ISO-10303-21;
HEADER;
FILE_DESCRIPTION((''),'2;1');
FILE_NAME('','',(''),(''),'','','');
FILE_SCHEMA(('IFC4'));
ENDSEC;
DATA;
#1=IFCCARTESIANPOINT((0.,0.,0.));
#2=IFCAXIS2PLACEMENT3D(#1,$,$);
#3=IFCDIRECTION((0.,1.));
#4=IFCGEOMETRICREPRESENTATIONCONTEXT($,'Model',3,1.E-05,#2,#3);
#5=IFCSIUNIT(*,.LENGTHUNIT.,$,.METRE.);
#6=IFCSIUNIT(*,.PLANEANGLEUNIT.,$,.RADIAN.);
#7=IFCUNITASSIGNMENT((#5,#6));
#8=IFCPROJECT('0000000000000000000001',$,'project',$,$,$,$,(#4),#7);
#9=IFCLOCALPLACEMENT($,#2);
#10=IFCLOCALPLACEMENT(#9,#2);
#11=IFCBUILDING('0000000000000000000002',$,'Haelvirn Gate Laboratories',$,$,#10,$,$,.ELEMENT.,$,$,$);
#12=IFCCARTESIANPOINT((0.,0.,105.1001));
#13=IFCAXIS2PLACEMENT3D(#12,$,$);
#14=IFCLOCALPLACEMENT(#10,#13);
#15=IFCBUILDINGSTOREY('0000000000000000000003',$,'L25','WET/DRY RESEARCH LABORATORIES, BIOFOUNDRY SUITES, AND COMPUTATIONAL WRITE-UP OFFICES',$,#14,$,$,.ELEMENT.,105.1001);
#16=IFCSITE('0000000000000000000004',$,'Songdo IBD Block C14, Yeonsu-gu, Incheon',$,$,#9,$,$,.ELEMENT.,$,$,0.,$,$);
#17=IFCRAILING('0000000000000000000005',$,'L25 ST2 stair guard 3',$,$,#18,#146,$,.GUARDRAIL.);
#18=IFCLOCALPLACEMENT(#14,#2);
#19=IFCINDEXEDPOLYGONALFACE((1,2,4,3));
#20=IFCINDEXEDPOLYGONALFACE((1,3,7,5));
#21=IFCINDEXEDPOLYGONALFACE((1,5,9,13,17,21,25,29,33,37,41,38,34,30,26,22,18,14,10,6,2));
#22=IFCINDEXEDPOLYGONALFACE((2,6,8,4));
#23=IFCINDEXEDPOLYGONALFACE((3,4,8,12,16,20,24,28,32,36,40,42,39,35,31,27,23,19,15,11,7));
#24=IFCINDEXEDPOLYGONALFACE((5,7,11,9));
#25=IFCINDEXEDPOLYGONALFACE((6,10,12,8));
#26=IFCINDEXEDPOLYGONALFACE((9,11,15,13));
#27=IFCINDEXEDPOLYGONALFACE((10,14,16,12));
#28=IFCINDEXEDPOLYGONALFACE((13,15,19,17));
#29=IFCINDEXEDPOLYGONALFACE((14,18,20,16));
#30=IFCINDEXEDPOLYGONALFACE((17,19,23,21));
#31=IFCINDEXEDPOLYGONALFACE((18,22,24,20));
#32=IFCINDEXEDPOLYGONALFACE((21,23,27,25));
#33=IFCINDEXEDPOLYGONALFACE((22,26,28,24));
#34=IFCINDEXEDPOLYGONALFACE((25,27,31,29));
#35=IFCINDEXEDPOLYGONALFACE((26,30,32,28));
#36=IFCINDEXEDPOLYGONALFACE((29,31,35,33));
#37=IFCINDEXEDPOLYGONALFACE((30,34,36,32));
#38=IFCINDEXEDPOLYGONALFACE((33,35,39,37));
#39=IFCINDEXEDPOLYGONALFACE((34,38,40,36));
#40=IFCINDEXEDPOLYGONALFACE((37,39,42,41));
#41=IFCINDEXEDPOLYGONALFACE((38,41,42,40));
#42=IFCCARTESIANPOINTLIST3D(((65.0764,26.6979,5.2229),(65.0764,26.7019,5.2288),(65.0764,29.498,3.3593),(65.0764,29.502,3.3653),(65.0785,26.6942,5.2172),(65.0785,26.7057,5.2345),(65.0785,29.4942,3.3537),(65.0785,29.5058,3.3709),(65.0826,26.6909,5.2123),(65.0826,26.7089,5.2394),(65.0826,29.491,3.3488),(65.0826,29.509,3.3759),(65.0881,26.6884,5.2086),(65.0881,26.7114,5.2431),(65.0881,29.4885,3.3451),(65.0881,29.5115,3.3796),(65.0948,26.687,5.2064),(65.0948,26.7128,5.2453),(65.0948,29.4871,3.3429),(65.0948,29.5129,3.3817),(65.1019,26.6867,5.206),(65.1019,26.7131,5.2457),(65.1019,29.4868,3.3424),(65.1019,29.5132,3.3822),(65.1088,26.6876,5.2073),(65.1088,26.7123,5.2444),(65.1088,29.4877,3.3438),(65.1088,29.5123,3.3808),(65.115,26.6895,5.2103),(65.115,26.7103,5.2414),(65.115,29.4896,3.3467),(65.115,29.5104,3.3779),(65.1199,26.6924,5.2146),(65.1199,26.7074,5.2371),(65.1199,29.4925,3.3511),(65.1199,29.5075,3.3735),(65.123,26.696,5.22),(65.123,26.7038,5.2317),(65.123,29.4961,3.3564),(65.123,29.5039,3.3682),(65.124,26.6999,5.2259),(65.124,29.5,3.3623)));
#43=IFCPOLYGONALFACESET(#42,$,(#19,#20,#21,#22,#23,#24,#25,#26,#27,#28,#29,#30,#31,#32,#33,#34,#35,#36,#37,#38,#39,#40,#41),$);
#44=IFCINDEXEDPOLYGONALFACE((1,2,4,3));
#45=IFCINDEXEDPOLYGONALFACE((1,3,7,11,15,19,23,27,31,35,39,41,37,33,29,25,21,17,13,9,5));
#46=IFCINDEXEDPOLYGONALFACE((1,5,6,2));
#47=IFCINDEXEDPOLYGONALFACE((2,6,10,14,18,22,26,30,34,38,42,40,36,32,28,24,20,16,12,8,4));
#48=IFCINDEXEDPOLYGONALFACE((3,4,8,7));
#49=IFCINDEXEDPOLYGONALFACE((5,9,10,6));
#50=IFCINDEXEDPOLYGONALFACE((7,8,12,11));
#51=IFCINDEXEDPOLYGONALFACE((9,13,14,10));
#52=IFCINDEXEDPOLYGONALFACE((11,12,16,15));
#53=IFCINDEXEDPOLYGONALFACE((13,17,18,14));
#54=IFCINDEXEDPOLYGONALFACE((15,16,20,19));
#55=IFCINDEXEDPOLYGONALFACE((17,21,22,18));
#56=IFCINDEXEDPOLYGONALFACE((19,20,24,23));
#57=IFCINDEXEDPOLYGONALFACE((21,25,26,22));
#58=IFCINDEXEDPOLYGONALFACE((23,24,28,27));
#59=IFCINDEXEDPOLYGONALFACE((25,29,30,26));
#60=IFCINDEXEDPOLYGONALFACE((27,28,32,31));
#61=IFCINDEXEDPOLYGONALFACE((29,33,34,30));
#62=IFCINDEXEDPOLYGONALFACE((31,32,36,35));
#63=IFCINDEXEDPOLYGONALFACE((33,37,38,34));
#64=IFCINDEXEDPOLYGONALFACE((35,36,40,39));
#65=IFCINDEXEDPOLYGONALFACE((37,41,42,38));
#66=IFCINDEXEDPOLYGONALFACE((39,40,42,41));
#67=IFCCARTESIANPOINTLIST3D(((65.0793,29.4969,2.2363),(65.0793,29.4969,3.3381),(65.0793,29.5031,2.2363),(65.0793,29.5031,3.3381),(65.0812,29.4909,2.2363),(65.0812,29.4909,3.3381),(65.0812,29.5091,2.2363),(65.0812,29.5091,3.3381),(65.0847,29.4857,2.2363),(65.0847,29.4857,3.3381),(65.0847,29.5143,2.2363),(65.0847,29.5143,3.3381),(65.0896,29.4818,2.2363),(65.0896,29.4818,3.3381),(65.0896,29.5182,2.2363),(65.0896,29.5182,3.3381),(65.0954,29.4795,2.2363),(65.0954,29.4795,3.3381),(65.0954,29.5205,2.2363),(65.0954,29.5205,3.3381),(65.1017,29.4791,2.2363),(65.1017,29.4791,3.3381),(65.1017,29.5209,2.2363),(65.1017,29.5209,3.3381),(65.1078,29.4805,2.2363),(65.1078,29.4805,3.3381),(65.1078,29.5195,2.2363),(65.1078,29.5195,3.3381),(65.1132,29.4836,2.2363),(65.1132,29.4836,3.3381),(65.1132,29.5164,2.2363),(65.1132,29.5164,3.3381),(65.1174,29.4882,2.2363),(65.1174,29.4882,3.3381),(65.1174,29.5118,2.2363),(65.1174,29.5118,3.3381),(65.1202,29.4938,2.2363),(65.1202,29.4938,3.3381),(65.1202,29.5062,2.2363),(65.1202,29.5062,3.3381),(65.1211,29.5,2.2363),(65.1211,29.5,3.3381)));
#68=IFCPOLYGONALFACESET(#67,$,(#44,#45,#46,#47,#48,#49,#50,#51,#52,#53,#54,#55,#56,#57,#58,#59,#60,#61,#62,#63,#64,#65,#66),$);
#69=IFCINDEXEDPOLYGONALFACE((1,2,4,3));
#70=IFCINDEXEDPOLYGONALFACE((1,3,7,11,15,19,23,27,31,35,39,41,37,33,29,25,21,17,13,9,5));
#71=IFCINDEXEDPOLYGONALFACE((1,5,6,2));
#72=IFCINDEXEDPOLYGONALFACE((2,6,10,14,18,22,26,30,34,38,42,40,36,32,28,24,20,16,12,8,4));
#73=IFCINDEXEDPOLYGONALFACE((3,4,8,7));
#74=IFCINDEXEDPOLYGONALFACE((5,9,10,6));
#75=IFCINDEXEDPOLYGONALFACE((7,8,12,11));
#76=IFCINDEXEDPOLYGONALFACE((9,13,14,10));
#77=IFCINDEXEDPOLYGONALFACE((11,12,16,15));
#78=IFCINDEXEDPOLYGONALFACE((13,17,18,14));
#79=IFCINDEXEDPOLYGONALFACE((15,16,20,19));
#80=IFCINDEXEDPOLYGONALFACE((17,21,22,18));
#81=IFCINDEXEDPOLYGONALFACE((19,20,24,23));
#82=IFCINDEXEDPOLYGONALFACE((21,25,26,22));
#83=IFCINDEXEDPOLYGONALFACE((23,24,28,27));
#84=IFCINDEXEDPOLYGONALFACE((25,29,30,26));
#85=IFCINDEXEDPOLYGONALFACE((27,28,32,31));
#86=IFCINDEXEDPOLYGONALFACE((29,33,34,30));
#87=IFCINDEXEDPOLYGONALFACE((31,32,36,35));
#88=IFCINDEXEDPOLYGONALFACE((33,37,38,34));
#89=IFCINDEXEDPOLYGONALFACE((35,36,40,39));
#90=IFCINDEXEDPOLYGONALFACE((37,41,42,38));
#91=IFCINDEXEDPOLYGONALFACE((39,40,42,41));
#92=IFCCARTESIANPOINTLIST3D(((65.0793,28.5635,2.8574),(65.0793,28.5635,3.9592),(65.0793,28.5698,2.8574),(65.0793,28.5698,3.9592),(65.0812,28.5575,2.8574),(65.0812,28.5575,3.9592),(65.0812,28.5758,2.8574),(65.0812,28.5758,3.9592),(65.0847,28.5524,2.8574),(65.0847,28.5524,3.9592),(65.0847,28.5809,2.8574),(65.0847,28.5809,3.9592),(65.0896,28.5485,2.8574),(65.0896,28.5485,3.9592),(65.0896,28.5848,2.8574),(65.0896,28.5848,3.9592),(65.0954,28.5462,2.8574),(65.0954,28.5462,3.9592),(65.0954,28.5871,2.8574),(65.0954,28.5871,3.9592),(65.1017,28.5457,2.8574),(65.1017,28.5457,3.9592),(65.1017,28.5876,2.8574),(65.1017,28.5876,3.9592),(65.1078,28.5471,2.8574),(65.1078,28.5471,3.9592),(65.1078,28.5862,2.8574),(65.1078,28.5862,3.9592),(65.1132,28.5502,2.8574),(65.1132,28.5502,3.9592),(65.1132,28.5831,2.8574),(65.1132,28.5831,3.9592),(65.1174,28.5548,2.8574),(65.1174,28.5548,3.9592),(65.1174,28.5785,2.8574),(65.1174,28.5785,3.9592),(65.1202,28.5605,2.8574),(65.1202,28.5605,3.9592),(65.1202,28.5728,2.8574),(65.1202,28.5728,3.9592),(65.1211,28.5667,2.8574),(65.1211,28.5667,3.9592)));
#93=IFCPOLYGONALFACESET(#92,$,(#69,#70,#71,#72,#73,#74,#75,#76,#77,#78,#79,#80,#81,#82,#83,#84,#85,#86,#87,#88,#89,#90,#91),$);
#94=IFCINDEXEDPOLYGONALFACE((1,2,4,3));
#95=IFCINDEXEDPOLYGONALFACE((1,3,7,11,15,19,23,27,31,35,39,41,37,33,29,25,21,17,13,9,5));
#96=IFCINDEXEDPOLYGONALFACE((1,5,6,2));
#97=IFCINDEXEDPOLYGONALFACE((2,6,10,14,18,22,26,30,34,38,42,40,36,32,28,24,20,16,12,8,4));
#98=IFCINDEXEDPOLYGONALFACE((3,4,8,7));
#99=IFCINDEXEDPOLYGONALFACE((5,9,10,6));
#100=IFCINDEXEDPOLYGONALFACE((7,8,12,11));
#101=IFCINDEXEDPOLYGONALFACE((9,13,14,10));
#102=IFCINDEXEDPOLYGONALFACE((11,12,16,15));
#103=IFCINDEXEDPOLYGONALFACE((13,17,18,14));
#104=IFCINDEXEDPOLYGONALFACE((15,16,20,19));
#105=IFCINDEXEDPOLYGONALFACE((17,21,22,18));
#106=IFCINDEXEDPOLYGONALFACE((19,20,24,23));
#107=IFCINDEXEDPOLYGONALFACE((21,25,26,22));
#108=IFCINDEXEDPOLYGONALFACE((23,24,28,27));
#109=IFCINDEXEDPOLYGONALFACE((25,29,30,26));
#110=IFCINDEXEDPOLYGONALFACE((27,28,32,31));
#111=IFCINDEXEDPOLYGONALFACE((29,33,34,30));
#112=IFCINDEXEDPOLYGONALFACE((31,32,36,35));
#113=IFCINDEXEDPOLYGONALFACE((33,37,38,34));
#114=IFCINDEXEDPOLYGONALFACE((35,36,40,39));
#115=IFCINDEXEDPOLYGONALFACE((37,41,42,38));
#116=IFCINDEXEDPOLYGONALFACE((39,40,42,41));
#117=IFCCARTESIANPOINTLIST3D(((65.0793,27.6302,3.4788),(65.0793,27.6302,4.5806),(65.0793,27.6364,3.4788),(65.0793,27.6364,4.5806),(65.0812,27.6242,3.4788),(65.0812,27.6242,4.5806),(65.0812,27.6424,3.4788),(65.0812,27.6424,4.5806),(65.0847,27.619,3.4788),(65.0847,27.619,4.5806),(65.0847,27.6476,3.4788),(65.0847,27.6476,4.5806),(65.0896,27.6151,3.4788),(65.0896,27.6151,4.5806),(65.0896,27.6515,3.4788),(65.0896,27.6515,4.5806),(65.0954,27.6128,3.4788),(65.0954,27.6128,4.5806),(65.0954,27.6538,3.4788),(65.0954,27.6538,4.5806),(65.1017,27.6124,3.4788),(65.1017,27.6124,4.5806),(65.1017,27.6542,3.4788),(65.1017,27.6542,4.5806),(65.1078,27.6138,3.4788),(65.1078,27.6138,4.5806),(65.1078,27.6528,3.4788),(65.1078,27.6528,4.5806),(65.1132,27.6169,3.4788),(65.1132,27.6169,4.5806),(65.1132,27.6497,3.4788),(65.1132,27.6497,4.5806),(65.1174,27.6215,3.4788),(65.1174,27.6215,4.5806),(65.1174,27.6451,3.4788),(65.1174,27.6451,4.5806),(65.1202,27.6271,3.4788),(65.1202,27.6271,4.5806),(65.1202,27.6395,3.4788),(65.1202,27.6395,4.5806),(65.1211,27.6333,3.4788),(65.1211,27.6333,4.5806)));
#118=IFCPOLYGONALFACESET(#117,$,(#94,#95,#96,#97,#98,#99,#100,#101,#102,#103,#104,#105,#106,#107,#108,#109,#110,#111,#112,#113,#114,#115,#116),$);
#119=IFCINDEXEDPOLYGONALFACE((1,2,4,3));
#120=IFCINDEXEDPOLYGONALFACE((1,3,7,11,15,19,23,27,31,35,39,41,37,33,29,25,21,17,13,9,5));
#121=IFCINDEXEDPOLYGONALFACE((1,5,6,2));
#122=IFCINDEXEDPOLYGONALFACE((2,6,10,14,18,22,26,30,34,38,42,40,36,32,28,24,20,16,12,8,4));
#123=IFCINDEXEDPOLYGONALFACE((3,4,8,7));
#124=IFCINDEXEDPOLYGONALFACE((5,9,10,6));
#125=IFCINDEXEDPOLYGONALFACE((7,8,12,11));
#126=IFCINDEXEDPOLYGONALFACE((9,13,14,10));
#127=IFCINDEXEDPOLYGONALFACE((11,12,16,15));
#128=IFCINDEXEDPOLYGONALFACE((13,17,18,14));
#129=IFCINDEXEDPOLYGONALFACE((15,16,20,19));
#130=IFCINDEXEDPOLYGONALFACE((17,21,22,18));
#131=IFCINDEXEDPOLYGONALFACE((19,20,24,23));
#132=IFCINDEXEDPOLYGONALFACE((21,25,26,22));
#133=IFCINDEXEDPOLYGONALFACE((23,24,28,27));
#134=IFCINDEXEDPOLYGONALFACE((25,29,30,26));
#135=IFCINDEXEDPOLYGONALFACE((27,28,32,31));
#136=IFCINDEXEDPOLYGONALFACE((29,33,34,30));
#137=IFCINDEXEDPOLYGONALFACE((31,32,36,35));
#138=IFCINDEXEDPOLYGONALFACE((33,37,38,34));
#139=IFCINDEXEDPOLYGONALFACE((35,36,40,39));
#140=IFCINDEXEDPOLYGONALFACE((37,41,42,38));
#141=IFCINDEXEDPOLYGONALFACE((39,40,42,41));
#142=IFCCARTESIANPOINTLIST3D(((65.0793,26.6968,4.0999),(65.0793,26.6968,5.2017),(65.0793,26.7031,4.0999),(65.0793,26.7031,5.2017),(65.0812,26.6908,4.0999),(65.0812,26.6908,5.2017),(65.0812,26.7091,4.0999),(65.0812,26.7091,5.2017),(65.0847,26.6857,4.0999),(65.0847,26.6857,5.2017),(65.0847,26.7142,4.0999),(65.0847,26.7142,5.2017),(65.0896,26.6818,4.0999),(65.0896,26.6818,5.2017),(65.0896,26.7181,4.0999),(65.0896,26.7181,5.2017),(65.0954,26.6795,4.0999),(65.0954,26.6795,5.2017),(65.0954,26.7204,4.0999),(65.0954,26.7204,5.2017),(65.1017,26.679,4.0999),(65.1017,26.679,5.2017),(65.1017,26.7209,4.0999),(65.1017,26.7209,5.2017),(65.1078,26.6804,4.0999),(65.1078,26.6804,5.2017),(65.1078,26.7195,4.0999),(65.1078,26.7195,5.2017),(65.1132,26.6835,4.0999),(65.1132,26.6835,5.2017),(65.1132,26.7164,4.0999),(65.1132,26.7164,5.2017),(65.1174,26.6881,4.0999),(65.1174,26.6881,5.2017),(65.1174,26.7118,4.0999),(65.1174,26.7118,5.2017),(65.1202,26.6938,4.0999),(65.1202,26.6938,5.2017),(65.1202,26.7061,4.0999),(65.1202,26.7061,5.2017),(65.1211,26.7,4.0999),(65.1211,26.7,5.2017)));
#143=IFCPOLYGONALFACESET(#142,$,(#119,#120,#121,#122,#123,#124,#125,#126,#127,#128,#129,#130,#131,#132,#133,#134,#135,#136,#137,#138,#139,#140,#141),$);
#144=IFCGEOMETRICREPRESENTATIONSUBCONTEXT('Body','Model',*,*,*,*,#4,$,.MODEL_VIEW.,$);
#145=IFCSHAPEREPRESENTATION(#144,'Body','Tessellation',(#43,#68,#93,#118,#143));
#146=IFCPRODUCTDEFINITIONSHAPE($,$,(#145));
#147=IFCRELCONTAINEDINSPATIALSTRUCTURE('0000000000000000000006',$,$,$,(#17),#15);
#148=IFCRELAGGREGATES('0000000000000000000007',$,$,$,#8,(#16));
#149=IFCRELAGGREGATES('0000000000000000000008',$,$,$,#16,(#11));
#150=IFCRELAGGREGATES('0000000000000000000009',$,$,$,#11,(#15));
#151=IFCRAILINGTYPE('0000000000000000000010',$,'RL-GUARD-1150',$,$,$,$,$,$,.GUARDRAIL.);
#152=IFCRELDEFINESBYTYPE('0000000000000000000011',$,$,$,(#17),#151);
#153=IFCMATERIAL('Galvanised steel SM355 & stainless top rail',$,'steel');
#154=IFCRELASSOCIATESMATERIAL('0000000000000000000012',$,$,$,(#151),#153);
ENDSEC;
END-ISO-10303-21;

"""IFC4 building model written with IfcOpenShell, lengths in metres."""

from ifc_helpers import new_model, si_unit, direction, frame, origin, origin_2d, place, context, subcontext, project, spatial, circle, extrude, source, transform, mapped, material, type_object, element, save


model = new_model("IFC4")

# Units and contexts
model_context = context("Model", 3, precision=1e-05, world=origin(), true_north=direction((0.0, 1.0)))
body_context = subcontext(model_context, "Body", "Model", "MODEL_VIEW")
ifc_project = project(units=[si_unit("LENGTHUNIT", "METRE"), si_unit("PLANEANGLEUNIT", "RADIAN")], contexts=[model_context])

# Site, building, storey
site_placement = place(None, origin())
site = spatial("IfcSite", under=ifc_project, at=site_placement, Name="Songdo IBD Block C14, Yeonsu-gu, Incheon", CompositionType="ELEMENT", RefElevation=0.0)
building_placement = place(site_placement, origin())
building = spatial("IfcBuilding", under=site, at=building_placement, Name="Haelvirn Gate Laboratories", CompositionType="ELEMENT")
storey_placement = place(building_placement, frame((0.0, 0.0, 105.1001)))
storey = spatial("IfcBuildingStorey", under=building, at=storey_placement, Name="L25", Description="WET/DRY RESEARCH LABORATORIES, BIOFOUNDRY SUITES, AND COMPUTATIONAL WRITE-UP OFFICES", CompositionType="ELEMENT", Elevation=105.1001)

# Railing
ifc_material_1 = material(Name="Galvanised steel SM355 & stainless top rail", Category="steel")
railing_type_1 = type_object("IfcRailingType", Name="RL-GUARD-1150", PredefinedType="GUARDRAIL", material=ifc_material_1)
shared_shape_1 = source(origin(), body_context, "Body", "SweptSolid", [
    extrude(circle(Radius=0.0239, at=origin_2d()), frame((0.0, 0.0, 1.126), z_axis=(0.0, -0.832486, 0.554047), x_axis=(1.0, 0.0, 0.0)), (0.0, 0.0, 1.0), 3.3635),
    extrude(circle(Radius=0.021, at=origin_2d()), origin(), (0.0, 0.0, 1.0), 1.1018),
    extrude(circle(Radius=0.021, at=origin_2d()), frame((0.0, -0.9333, 0.6211)), (0.0, 0.0, 1.0), 1.1018),
    extrude(circle(Radius=0.021, at=origin_2d()), frame((0.0, -1.8667, 1.2424)), (0.0, 0.0, 1.0), 1.1018),
    extrude(circle(Radius=0.021, at=origin_2d()), frame((0.0, -2.8, 1.8635)), (0.0, 0.0, 1.0), 1.1018),
])
railing_1_placement = place(storey_placement, frame((65.1001, 29.5, 2.2363)))
element("IfcRailing", 1, at=railing_1_placement, inside=storey, type_object=railing_type_1, Name="L25 ST2 stair guard 3", PredefinedType="GUARDRAIL", context=body_context, shape_type="MappedRepresentation", body=[
    mapped(shared_shape_1, transform((0.0, 0.0, 0.0), scale=1.0)),
])

save(model, "model.ifc")
